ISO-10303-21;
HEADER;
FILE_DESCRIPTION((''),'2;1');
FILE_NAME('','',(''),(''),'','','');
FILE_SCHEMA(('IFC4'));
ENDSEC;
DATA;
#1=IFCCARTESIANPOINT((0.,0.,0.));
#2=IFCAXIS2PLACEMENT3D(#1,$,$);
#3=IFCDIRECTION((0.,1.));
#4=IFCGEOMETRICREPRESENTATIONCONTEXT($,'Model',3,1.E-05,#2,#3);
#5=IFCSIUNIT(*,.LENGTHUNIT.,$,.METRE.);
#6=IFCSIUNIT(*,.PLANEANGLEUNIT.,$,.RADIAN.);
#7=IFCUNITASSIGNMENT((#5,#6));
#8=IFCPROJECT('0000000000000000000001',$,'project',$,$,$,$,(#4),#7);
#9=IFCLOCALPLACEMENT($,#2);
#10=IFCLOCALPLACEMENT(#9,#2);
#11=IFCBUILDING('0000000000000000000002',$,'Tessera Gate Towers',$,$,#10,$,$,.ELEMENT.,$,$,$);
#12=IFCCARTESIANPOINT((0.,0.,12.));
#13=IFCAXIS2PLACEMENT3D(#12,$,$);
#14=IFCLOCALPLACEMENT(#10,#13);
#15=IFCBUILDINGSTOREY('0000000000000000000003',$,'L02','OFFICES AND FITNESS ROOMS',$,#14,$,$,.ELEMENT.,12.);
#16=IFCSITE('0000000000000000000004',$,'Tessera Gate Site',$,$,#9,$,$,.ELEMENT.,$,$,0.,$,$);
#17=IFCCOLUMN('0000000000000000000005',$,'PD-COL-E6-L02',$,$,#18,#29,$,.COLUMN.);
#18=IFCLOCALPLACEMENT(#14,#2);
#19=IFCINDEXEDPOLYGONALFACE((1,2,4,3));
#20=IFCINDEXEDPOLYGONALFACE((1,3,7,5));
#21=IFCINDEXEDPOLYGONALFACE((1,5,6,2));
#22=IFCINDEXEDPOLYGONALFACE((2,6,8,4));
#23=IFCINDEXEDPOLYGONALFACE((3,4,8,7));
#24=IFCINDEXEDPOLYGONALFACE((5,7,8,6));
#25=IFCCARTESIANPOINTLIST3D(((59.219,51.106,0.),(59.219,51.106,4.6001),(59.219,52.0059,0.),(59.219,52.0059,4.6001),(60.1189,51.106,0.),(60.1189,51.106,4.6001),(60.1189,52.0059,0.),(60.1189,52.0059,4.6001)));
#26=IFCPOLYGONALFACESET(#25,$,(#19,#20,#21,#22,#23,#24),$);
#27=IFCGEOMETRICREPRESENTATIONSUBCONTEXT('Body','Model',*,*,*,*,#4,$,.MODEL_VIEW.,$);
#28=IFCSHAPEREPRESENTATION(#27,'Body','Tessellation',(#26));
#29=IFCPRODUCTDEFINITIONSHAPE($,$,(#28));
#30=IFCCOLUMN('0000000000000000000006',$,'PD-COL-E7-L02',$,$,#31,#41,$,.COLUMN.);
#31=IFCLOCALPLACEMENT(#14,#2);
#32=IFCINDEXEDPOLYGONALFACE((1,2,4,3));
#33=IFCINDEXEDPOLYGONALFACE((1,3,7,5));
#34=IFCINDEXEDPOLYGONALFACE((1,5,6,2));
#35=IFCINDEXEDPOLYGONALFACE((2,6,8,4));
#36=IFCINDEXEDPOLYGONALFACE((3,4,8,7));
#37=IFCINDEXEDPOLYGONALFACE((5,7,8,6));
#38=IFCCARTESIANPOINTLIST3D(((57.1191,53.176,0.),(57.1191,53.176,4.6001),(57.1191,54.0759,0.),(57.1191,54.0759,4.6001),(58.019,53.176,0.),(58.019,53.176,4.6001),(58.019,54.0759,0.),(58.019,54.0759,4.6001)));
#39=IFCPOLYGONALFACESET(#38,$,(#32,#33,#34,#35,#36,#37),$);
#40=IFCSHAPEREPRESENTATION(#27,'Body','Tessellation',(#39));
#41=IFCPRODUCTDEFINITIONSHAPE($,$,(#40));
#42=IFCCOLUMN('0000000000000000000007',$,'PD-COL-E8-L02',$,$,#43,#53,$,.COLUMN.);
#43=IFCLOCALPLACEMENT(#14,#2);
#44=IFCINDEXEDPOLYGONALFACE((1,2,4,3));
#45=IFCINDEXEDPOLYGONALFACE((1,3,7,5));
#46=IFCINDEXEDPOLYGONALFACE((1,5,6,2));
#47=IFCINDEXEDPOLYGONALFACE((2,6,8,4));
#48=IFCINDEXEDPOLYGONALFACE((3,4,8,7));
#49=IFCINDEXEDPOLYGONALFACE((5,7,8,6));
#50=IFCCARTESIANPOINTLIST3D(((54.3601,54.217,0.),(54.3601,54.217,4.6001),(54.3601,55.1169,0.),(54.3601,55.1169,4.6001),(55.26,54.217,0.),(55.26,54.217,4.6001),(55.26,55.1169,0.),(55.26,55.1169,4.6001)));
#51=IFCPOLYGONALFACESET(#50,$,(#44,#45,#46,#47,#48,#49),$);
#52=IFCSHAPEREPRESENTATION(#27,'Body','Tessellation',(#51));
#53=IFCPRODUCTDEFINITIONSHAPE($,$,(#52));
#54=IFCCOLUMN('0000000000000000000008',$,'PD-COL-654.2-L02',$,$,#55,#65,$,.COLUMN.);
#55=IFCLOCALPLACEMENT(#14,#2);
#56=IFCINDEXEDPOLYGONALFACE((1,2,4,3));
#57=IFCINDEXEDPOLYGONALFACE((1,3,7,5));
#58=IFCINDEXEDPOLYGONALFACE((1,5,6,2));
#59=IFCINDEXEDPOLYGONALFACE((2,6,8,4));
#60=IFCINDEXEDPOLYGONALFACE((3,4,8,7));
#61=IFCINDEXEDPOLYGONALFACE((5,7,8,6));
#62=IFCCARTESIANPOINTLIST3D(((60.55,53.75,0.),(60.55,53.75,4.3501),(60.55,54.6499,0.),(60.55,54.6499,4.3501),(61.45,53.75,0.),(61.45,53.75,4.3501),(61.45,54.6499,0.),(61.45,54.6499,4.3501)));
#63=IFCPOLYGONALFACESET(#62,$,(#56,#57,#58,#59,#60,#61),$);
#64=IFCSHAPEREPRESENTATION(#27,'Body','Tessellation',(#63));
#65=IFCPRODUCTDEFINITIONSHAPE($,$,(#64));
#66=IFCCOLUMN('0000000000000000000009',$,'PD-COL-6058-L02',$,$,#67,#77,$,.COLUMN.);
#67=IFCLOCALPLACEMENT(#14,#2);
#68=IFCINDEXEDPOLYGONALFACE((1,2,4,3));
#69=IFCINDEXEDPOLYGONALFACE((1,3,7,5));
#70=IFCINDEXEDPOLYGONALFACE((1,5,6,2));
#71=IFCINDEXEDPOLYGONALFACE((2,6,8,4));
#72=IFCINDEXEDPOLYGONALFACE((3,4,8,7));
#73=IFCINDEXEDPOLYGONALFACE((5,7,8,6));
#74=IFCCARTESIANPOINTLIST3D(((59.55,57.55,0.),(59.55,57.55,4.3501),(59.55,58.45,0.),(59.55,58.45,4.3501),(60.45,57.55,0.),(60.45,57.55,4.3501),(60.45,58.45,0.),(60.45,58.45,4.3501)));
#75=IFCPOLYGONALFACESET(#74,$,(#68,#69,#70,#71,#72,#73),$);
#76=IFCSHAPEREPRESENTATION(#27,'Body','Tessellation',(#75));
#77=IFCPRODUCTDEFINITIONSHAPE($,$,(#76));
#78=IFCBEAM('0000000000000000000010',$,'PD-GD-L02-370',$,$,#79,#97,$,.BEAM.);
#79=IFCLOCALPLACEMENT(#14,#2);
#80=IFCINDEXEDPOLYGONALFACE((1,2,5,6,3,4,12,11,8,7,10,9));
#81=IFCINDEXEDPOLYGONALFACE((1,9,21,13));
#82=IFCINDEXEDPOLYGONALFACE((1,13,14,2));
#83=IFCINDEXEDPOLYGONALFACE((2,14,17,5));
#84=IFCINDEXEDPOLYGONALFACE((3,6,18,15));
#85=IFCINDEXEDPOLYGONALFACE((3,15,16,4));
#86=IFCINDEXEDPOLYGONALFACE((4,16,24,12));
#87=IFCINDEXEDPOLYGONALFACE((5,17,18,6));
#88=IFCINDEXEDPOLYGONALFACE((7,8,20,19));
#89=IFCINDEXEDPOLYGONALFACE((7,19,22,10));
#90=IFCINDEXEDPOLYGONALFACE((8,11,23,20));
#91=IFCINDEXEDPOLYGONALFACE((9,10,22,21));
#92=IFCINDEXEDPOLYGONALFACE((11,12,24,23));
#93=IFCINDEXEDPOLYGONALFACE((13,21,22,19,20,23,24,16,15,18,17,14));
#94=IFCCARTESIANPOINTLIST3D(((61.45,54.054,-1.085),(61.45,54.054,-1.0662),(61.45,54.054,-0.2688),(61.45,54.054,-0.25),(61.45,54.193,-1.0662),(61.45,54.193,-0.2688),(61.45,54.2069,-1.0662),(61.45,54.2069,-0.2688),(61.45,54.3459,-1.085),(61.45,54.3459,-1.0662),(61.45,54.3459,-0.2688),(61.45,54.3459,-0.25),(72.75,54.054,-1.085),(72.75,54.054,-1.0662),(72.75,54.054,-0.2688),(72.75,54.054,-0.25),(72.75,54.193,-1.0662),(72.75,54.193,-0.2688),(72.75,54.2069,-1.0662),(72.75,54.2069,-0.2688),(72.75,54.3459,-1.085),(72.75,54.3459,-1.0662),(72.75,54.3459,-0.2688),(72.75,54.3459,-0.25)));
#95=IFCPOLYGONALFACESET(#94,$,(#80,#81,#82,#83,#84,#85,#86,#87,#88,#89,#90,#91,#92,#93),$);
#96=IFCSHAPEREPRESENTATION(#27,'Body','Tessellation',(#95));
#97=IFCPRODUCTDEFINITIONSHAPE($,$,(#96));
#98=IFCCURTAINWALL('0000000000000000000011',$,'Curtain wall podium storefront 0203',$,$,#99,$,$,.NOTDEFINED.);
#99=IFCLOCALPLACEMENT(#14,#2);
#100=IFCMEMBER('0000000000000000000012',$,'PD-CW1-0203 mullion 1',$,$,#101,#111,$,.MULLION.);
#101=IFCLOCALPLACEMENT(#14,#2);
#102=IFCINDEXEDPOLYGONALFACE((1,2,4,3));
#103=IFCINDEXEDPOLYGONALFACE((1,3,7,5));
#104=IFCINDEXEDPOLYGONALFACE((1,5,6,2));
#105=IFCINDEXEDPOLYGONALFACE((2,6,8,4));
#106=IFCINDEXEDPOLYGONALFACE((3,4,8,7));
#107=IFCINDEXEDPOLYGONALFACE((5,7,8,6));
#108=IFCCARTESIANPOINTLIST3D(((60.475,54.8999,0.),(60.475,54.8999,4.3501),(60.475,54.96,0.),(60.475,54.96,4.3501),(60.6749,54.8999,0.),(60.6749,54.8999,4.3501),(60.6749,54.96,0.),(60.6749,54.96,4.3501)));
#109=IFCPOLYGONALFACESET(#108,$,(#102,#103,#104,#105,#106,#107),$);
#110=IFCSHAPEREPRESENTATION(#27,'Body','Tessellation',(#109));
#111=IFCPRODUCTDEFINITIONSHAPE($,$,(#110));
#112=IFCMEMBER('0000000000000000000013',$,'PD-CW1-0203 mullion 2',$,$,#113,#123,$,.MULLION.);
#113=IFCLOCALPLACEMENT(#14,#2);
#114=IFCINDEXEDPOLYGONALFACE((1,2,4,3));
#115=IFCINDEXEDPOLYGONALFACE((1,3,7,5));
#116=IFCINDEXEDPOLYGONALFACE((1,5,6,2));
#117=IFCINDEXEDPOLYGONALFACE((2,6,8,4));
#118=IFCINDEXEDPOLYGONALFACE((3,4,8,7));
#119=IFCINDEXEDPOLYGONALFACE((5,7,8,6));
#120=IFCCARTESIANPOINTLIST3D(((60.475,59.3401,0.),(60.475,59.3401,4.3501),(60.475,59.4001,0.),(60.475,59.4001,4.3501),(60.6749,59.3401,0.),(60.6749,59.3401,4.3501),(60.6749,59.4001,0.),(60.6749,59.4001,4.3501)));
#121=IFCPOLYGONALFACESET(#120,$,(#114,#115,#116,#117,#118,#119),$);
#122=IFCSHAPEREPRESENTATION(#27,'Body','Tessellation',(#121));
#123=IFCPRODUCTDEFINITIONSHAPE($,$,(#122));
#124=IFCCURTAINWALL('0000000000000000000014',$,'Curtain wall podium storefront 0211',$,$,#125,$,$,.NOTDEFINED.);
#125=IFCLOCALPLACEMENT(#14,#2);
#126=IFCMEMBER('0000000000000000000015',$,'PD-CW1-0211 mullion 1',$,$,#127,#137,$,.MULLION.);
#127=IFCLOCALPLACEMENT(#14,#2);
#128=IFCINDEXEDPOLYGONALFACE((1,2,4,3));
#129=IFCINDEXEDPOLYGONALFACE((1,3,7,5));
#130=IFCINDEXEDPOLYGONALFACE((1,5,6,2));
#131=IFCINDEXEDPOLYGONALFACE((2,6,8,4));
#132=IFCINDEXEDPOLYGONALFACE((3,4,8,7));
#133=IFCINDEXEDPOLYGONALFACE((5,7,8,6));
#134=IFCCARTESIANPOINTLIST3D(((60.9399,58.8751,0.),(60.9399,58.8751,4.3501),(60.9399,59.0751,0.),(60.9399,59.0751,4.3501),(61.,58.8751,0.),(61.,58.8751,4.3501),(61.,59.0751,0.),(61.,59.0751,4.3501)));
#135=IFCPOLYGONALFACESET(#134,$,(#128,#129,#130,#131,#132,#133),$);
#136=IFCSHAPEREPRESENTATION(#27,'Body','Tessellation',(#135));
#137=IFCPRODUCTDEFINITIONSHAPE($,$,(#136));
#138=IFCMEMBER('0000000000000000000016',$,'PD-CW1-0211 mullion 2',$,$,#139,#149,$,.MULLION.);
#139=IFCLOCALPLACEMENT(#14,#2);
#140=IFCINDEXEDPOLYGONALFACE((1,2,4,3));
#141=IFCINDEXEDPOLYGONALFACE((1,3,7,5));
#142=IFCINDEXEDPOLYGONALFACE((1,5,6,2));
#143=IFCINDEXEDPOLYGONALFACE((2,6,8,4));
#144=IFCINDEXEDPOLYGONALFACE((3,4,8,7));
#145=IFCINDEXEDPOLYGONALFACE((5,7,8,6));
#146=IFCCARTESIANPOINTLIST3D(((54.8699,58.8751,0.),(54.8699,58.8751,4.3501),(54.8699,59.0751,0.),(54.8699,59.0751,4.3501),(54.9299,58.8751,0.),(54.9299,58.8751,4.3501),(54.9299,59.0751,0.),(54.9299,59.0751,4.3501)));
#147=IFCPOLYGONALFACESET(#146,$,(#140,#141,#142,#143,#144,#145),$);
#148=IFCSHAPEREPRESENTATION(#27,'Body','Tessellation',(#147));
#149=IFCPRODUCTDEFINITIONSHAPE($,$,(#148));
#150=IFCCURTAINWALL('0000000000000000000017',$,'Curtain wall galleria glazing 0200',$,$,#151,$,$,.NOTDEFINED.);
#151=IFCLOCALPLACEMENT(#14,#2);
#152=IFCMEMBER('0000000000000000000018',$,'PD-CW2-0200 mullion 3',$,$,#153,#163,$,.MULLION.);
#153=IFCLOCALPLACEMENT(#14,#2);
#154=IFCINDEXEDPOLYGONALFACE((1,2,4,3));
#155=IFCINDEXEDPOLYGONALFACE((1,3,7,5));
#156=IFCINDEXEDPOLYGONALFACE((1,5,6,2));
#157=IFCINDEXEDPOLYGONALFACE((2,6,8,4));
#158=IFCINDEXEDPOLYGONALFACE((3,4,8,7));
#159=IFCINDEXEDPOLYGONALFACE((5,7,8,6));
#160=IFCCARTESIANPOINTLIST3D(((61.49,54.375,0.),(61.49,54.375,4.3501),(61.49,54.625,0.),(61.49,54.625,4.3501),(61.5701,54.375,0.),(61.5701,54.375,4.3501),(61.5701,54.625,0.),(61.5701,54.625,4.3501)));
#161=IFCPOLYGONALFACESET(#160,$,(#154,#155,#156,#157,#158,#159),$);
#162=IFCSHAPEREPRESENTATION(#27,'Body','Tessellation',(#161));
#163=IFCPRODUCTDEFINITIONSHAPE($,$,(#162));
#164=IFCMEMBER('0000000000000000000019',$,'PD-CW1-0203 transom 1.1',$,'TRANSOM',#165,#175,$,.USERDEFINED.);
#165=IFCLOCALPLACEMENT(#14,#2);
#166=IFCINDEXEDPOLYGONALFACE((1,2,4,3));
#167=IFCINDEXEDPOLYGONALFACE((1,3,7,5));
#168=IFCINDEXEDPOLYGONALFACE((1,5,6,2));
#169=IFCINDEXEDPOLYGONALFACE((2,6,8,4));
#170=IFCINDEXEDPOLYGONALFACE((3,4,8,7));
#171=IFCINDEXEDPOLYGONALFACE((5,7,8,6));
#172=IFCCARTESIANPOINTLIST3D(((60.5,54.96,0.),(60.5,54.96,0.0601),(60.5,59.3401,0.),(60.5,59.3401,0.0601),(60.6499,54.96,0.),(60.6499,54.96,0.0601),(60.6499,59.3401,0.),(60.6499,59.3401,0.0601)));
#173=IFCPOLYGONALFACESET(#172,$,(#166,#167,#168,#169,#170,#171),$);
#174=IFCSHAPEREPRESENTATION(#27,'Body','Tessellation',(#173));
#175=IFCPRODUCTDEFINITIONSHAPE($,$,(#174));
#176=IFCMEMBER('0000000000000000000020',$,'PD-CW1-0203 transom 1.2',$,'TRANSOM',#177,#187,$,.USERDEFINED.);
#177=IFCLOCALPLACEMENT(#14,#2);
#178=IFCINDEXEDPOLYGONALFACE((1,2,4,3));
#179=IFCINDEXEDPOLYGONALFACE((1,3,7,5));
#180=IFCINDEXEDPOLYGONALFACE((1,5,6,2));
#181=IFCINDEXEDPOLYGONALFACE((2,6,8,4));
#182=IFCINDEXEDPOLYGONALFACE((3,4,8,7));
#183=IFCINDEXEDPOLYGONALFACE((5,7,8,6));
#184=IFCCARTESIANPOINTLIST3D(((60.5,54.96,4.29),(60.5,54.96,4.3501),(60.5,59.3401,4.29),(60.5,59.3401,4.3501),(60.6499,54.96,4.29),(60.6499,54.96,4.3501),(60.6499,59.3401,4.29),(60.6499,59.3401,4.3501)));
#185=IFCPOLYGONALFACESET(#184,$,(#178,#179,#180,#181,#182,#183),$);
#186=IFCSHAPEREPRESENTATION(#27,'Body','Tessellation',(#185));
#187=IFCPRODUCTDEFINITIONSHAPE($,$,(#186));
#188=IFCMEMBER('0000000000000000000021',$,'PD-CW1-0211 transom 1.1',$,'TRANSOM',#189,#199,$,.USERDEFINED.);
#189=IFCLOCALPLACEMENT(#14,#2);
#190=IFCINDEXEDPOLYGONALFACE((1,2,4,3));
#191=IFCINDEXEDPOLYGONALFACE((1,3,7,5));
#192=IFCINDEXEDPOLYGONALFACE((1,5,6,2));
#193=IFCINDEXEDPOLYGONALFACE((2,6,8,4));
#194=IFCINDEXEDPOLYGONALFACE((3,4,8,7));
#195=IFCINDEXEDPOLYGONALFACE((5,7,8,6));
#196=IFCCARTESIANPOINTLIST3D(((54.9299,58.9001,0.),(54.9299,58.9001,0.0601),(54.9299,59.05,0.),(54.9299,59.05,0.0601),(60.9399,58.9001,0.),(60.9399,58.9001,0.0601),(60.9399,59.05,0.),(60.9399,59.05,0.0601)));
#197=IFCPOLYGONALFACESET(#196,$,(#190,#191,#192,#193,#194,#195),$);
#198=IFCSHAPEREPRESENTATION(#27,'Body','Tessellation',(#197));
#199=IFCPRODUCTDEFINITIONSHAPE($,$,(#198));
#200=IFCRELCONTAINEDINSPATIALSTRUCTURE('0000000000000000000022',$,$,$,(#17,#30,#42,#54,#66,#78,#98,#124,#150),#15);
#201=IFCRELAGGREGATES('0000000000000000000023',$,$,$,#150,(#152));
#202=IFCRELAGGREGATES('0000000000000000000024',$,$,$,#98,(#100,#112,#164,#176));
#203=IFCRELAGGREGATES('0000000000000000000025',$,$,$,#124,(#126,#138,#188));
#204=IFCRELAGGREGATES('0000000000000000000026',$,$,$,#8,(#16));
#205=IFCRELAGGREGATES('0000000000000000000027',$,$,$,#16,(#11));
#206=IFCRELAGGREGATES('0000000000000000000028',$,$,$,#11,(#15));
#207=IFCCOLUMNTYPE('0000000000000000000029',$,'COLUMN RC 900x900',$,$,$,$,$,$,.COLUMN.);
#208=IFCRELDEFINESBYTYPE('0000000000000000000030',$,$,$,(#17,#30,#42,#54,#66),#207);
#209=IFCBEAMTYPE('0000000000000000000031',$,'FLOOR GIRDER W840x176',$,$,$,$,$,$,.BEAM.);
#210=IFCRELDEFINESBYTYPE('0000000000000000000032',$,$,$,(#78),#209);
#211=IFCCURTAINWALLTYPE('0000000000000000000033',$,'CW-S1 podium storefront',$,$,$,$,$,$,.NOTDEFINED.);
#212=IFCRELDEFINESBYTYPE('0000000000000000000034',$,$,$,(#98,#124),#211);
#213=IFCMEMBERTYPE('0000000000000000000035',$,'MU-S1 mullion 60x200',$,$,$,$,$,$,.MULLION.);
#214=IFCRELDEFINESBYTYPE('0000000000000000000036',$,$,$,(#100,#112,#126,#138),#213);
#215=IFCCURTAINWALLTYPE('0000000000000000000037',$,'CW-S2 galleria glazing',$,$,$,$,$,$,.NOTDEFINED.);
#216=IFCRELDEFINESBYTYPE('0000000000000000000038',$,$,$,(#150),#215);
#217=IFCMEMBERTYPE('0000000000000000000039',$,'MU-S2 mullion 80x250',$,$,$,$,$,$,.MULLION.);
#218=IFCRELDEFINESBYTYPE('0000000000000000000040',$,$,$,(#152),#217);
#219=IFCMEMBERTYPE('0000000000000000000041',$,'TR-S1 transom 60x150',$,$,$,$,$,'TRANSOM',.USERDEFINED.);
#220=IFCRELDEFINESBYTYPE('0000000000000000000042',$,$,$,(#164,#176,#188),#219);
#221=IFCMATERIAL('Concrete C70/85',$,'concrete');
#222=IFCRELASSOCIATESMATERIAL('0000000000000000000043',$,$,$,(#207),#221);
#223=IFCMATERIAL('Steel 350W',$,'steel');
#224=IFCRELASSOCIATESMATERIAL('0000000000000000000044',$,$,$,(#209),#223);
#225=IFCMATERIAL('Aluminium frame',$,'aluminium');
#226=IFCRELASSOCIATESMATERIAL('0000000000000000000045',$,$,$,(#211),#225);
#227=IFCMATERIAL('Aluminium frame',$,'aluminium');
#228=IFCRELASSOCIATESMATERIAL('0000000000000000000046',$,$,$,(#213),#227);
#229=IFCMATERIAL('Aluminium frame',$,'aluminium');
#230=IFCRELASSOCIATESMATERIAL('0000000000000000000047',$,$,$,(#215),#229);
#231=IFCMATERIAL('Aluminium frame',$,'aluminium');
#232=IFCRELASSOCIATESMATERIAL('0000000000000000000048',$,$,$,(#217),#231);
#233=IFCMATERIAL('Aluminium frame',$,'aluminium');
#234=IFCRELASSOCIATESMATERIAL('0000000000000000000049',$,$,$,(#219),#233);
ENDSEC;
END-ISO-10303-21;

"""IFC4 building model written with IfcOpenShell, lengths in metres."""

from ifc_helpers import new_model, si_unit, direction, frame, origin, origin_2d, place, context, subcontext, project, spatial, rectangle, i_section, extrude, material, material_profile, profile_set, type_object, element, aggregate, save


model = new_model("IFC4")

# Units and contexts
model_context = context("Model", 3, precision=1e-05, world=origin(), true_north=direction((0.0, 1.0)))
body_context = subcontext(model_context, "Body", "Model", "MODEL_VIEW")
ifc_project = project(units=[si_unit("LENGTHUNIT", "METRE"), si_unit("PLANEANGLEUNIT", "RADIAN")], contexts=[model_context])

# Site, building, storey
site_placement = place(None, origin())
site = spatial("IfcSite", under=ifc_project, at=site_placement, Name="Tessera Gate Site", CompositionType="ELEMENT", RefElevation=0.0)
building_placement = place(site_placement, origin())
building = spatial("IfcBuilding", under=site, at=building_placement, Name="Tessera Gate Towers", CompositionType="ELEMENT")
storey_placement = place(building_placement, frame((0.0, 0.0, 12.0)))
storey = spatial("IfcBuildingStorey", under=building, at=storey_placement, Name="L02", Description="OFFICES AND FITNESS ROOMS", CompositionType="ELEMENT", Elevation=12.0)

# Columns
ifc_material_1 = material(Name="Concrete C70/85", Category="concrete")
ifc_material_profile_1 = material_profile(ifc_material_1, rectangle(XDim=0.8999, YDim=0.8999, at=origin_2d()), Name="RC 900x900")
ifc_profile_set_1 = profile_set([ifc_material_profile_1], Name="Concrete C70/85")
column_type = type_object("IfcColumnType", Name="COLUMN RC 900x900", PredefinedType="COLUMN", material=ifc_profile_set_1)
for number, where, z_axis, x_axis, name in (
    (1, (59.6689, 51.5559, 0.0), (0.0, 0.0, 1.0), (1.0, 0.0, 0.0), "PD-COL-E6-L02"),
    (2, (57.5691, 53.626, 0.0), (0.0, 0.0, 1.0), (1.0, 0.0, 0.0), "PD-COL-E7-L02"),
    (3, (54.8101, 54.667, 0.0), (0.0, 0.0, 1.0), (1.0, 0.0, 0.0), "PD-COL-E8-L02"),
):
    element("IfcColumn", number, at=place(storey_placement, frame(where, z_axis=z_axis, x_axis=x_axis)), inside=storey, type_object=column_type, Name=name, PredefinedType="COLUMN", context=body_context, shape_type="SweptSolid", body=[
        extrude(rectangle(XDim=0.8999, YDim=0.8999, at=origin_2d()), origin(), (0.0, 0.0, 1.0), 4.6001),
    ])
for number, where, z_axis, x_axis, name in (
    (4, (61.0, 54.2, 0.0), (0.0, 0.0, 1.0), (1.0, 0.0, 0.0), "PD-COL-654.2-L02"),
    (5, (60.0, 58.0, 0.0), (0.0, 0.0, 1.0), (1.0, 0.0, 0.0), "PD-COL-6058-L02"),
):
    element("IfcColumn", number, at=place(storey_placement, frame(where, z_axis=z_axis, x_axis=x_axis)), inside=storey, type_object=column_type, Name=name, PredefinedType="COLUMN", context=body_context, shape_type="SweptSolid", body=[
        extrude(rectangle(XDim=0.8999, YDim=0.8999, at=origin_2d()), origin(), (0.0, 0.0, 1.0), 4.3501),
    ])

# Beam
ifc_material_2 = material(Name="Steel 350W", Category="steel")
ifc_material_profile_2 = material_profile(ifc_material_2, i_section(OverallWidth=0.292, OverallDepth=0.835, WebThickness=0.0139, FlangeThickness=0.0188, at=origin_2d()), Name="W840x176")
ifc_profile_set_2 = profile_set([ifc_material_profile_2], Name="Steel 350W")
beam_type = type_object("IfcBeamType", Name="FLOOR GIRDER W840x176", PredefinedType="BEAM", material=ifc_profile_set_2)
beam_placement = place(storey_placement, frame((61.45, 54.2, -0.6675), z_axis=(1.0, 0.0, 0.0), x_axis=(0.0, 1.0, 0.0)))
element("IfcBeam", 6, at=beam_placement, inside=storey, type_object=beam_type, Name="PD-GD-L02-370", PredefinedType="BEAM", context=body_context, shape_type="SweptSolid", body=[
    extrude(i_section(OverallWidth=0.292, OverallDepth=0.835, WebThickness=0.0139, FlangeThickness=0.0188, at=origin_2d()), origin(), (0.0, 0.0, 1.0), 11.3),
])

# Curtain walls, members
ifc_material_3 = material(Name="Aluminium frame", Category="aluminium")
curtain_wall_type_1 = type_object("IfcCurtainWallType", Name="CW-S1 podium storefront", PredefinedType="NOTDEFINED", material=ifc_material_3)
curtain_wall_1_placement = place(storey_placement, origin())
curtain_wall_1 = element("IfcCurtainWall", 7, at=curtain_wall_1_placement, inside=storey, type_object=curtain_wall_type_1, Name="Curtain wall podium storefront 0203", PredefinedType="NOTDEFINED")
ifc_material_4 = material(Name="Aluminium frame", Category="aluminium")
ifc_material_profile_3 = material_profile(ifc_material_4, rectangle(XDim=0.0601, YDim=0.2, at=origin_2d()), Name="AL 60x200")
ifc_profile_set_3 = profile_set([ifc_material_profile_3], Name="Aluminium frame")
member_type_1 = type_object("IfcMemberType", Name="MU-S1 mullion 60x200", PredefinedType="MULLION", material=ifc_profile_set_3)
member_1_placement = place(storey_placement, frame((60.575, 54.9299, 0.0), z_axis=(0.0, 0.0, 1.0), x_axis=(0.0, 1.0, 0.0)))
member_1 = element("IfcMember", 8, at=member_1_placement, type_object=member_type_1, Name="PD-CW1-0203 mullion 1", PredefinedType="MULLION", context=body_context, shape_type="SweptSolid", body=[
    extrude(rectangle(XDim=0.0601, YDim=0.2, at=origin_2d()), origin(), (0.0, 0.0, 1.0), 4.3501),
])
member_2_placement = place(storey_placement, frame((60.575, 59.3701, 0.0), z_axis=(0.0, 0.0, 1.0), x_axis=(0.0, 1.0, 0.0)))
member_2 = element("IfcMember", 9, at=member_2_placement, type_object=member_type_1, Name="PD-CW1-0203 mullion 2", PredefinedType="MULLION", context=body_context, shape_type="SweptSolid", body=[
    extrude(rectangle(XDim=0.0601, YDim=0.2, at=origin_2d()), origin(), (0.0, 0.0, 1.0), 4.3501),
])
curtain_wall_2_placement = place(storey_placement, origin())
curtain_wall_2 = element("IfcCurtainWall", 10, at=curtain_wall_2_placement, inside=storey, type_object=curtain_wall_type_1, Name="Curtain wall podium storefront 0211", PredefinedType="NOTDEFINED")
member_3_placement = place(storey_placement, frame((60.97, 58.9751, 0.0), z_axis=(0.0, 0.0, 1.0), x_axis=(-1.0, 0.0, 0.0)))
member_3 = element("IfcMember", 11, at=member_3_placement, type_object=member_type_1, Name="PD-CW1-0211 mullion 1", PredefinedType="MULLION", context=body_context, shape_type="SweptSolid", body=[
    extrude(rectangle(XDim=0.0601, YDim=0.2, at=origin_2d()), origin(), (0.0, 0.0, 1.0), 4.3501),
])
member_4_placement = place(storey_placement, frame((54.8999, 58.9751, 0.0), z_axis=(0.0, 0.0, 1.0), x_axis=(-1.0, 0.0, 0.0)))
member_4 = element("IfcMember", 12, at=member_4_placement, type_object=member_type_1, Name="PD-CW1-0211 mullion 2", PredefinedType="MULLION", context=body_context, shape_type="SweptSolid", body=[
    extrude(rectangle(XDim=0.0601, YDim=0.2, at=origin_2d()), origin(), (0.0, 0.0, 1.0), 4.3501),
])

# Curtain wall, member
ifc_material_5 = material(Name="Aluminium frame", Category="aluminium")
curtain_wall_type_2 = type_object("IfcCurtainWallType", Name="CW-S2 galleria glazing", PredefinedType="NOTDEFINED", material=ifc_material_5)
curtain_wall_3_placement = place(storey_placement, origin())
curtain_wall_3 = element("IfcCurtainWall", 13, at=curtain_wall_3_placement, inside=storey, type_object=curtain_wall_type_2, Name="Curtain wall galleria glazing 0200", PredefinedType="NOTDEFINED")
ifc_material_6 = material(Name="Aluminium frame", Category="aluminium")
ifc_material_profile_4 = material_profile(ifc_material_6, rectangle(XDim=0.0801, YDim=0.25, at=origin_2d()), Name="AL 80x250")
ifc_profile_set_4 = profile_set([ifc_material_profile_4], Name="Aluminium frame")
member_type_2 = type_object("IfcMemberType", Name="MU-S2 mullion 80x250", PredefinedType="MULLION", material=ifc_profile_set_4)
member_5_placement = place(storey_placement, frame((61.53, 54.5, 0.0), z_axis=(0.0, 0.0, 1.0), x_axis=(-1.0, 0.0, 0.0)))
member_5 = element("IfcMember", 14, at=member_5_placement, type_object=member_type_2, Name="PD-CW2-0200 mullion 3", PredefinedType="MULLION", context=body_context, shape_type="SweptSolid", body=[
    extrude(rectangle(XDim=0.0801, YDim=0.25, at=origin_2d()), origin(), (0.0, 0.0, 1.0), 4.3501),
])
aggregate(curtain_wall_3, [member_5])

# Members
ifc_material_7 = material(Name="Aluminium frame", Category="aluminium")
ifc_material_profile_5 = material_profile(ifc_material_7, rectangle(XDim=0.1499, YDim=0.0601, at=origin_2d()), Name="AL 60x150")
ifc_profile_set_5 = profile_set([ifc_material_profile_5], Name="Aluminium frame")
member_type_3 = type_object("IfcMemberType", Name="TR-S1 transom 60x150", ElementType="TRANSOM", PredefinedType="USERDEFINED", material=ifc_profile_set_5)
member_6_placement = place(storey_placement, frame((60.575, 54.96, 0.03), z_axis=(0.0, 1.0, 0.0), x_axis=(-1.0, 0.0, 0.0)))
member_6 = element("IfcMember", 15, at=member_6_placement, type_object=member_type_3, Name="PD-CW1-0203 transom 1.1", ObjectType="TRANSOM", PredefinedType="USERDEFINED", context=body_context, shape_type="SweptSolid", body=[
    extrude(rectangle(XDim=0.1499, YDim=0.0601, at=origin_2d()), origin(), (0.0, 0.0, 1.0), 4.3801),
])
member_7_placement = place(storey_placement, frame((60.575, 54.96, 4.3201), z_axis=(0.0, 1.0, 0.0), x_axis=(-1.0, 0.0, 0.0)))
member_7 = element("IfcMember", 16, at=member_7_placement, type_object=member_type_3, Name="PD-CW1-0203 transom 1.2", ObjectType="TRANSOM", PredefinedType="USERDEFINED", context=body_context, shape_type="SweptSolid", body=[
    extrude(rectangle(XDim=0.1499, YDim=0.0601, at=origin_2d()), origin(), (0.0, 0.0, 1.0), 4.3801),
])
member_8_placement = place(storey_placement, frame((60.9399, 58.9751, 0.03), z_axis=(-1.0, 0.0, 0.0), x_axis=(0.0, -1.0, 0.0)))
member_8 = element("IfcMember", 17, at=member_8_placement, type_object=member_type_3, Name="PD-CW1-0211 transom 1.1", ObjectType="TRANSOM", PredefinedType="USERDEFINED", context=body_context, shape_type="SweptSolid", body=[
    extrude(rectangle(XDim=0.1499, YDim=0.0601, at=origin_2d()), origin(), (0.0, 0.0, 1.0), 6.01),
])

aggregate(curtain_wall_1, [member_1, member_2, member_6, member_7])
aggregate(curtain_wall_2, [member_3, member_4, member_8])

save(model, "model.ifc")
